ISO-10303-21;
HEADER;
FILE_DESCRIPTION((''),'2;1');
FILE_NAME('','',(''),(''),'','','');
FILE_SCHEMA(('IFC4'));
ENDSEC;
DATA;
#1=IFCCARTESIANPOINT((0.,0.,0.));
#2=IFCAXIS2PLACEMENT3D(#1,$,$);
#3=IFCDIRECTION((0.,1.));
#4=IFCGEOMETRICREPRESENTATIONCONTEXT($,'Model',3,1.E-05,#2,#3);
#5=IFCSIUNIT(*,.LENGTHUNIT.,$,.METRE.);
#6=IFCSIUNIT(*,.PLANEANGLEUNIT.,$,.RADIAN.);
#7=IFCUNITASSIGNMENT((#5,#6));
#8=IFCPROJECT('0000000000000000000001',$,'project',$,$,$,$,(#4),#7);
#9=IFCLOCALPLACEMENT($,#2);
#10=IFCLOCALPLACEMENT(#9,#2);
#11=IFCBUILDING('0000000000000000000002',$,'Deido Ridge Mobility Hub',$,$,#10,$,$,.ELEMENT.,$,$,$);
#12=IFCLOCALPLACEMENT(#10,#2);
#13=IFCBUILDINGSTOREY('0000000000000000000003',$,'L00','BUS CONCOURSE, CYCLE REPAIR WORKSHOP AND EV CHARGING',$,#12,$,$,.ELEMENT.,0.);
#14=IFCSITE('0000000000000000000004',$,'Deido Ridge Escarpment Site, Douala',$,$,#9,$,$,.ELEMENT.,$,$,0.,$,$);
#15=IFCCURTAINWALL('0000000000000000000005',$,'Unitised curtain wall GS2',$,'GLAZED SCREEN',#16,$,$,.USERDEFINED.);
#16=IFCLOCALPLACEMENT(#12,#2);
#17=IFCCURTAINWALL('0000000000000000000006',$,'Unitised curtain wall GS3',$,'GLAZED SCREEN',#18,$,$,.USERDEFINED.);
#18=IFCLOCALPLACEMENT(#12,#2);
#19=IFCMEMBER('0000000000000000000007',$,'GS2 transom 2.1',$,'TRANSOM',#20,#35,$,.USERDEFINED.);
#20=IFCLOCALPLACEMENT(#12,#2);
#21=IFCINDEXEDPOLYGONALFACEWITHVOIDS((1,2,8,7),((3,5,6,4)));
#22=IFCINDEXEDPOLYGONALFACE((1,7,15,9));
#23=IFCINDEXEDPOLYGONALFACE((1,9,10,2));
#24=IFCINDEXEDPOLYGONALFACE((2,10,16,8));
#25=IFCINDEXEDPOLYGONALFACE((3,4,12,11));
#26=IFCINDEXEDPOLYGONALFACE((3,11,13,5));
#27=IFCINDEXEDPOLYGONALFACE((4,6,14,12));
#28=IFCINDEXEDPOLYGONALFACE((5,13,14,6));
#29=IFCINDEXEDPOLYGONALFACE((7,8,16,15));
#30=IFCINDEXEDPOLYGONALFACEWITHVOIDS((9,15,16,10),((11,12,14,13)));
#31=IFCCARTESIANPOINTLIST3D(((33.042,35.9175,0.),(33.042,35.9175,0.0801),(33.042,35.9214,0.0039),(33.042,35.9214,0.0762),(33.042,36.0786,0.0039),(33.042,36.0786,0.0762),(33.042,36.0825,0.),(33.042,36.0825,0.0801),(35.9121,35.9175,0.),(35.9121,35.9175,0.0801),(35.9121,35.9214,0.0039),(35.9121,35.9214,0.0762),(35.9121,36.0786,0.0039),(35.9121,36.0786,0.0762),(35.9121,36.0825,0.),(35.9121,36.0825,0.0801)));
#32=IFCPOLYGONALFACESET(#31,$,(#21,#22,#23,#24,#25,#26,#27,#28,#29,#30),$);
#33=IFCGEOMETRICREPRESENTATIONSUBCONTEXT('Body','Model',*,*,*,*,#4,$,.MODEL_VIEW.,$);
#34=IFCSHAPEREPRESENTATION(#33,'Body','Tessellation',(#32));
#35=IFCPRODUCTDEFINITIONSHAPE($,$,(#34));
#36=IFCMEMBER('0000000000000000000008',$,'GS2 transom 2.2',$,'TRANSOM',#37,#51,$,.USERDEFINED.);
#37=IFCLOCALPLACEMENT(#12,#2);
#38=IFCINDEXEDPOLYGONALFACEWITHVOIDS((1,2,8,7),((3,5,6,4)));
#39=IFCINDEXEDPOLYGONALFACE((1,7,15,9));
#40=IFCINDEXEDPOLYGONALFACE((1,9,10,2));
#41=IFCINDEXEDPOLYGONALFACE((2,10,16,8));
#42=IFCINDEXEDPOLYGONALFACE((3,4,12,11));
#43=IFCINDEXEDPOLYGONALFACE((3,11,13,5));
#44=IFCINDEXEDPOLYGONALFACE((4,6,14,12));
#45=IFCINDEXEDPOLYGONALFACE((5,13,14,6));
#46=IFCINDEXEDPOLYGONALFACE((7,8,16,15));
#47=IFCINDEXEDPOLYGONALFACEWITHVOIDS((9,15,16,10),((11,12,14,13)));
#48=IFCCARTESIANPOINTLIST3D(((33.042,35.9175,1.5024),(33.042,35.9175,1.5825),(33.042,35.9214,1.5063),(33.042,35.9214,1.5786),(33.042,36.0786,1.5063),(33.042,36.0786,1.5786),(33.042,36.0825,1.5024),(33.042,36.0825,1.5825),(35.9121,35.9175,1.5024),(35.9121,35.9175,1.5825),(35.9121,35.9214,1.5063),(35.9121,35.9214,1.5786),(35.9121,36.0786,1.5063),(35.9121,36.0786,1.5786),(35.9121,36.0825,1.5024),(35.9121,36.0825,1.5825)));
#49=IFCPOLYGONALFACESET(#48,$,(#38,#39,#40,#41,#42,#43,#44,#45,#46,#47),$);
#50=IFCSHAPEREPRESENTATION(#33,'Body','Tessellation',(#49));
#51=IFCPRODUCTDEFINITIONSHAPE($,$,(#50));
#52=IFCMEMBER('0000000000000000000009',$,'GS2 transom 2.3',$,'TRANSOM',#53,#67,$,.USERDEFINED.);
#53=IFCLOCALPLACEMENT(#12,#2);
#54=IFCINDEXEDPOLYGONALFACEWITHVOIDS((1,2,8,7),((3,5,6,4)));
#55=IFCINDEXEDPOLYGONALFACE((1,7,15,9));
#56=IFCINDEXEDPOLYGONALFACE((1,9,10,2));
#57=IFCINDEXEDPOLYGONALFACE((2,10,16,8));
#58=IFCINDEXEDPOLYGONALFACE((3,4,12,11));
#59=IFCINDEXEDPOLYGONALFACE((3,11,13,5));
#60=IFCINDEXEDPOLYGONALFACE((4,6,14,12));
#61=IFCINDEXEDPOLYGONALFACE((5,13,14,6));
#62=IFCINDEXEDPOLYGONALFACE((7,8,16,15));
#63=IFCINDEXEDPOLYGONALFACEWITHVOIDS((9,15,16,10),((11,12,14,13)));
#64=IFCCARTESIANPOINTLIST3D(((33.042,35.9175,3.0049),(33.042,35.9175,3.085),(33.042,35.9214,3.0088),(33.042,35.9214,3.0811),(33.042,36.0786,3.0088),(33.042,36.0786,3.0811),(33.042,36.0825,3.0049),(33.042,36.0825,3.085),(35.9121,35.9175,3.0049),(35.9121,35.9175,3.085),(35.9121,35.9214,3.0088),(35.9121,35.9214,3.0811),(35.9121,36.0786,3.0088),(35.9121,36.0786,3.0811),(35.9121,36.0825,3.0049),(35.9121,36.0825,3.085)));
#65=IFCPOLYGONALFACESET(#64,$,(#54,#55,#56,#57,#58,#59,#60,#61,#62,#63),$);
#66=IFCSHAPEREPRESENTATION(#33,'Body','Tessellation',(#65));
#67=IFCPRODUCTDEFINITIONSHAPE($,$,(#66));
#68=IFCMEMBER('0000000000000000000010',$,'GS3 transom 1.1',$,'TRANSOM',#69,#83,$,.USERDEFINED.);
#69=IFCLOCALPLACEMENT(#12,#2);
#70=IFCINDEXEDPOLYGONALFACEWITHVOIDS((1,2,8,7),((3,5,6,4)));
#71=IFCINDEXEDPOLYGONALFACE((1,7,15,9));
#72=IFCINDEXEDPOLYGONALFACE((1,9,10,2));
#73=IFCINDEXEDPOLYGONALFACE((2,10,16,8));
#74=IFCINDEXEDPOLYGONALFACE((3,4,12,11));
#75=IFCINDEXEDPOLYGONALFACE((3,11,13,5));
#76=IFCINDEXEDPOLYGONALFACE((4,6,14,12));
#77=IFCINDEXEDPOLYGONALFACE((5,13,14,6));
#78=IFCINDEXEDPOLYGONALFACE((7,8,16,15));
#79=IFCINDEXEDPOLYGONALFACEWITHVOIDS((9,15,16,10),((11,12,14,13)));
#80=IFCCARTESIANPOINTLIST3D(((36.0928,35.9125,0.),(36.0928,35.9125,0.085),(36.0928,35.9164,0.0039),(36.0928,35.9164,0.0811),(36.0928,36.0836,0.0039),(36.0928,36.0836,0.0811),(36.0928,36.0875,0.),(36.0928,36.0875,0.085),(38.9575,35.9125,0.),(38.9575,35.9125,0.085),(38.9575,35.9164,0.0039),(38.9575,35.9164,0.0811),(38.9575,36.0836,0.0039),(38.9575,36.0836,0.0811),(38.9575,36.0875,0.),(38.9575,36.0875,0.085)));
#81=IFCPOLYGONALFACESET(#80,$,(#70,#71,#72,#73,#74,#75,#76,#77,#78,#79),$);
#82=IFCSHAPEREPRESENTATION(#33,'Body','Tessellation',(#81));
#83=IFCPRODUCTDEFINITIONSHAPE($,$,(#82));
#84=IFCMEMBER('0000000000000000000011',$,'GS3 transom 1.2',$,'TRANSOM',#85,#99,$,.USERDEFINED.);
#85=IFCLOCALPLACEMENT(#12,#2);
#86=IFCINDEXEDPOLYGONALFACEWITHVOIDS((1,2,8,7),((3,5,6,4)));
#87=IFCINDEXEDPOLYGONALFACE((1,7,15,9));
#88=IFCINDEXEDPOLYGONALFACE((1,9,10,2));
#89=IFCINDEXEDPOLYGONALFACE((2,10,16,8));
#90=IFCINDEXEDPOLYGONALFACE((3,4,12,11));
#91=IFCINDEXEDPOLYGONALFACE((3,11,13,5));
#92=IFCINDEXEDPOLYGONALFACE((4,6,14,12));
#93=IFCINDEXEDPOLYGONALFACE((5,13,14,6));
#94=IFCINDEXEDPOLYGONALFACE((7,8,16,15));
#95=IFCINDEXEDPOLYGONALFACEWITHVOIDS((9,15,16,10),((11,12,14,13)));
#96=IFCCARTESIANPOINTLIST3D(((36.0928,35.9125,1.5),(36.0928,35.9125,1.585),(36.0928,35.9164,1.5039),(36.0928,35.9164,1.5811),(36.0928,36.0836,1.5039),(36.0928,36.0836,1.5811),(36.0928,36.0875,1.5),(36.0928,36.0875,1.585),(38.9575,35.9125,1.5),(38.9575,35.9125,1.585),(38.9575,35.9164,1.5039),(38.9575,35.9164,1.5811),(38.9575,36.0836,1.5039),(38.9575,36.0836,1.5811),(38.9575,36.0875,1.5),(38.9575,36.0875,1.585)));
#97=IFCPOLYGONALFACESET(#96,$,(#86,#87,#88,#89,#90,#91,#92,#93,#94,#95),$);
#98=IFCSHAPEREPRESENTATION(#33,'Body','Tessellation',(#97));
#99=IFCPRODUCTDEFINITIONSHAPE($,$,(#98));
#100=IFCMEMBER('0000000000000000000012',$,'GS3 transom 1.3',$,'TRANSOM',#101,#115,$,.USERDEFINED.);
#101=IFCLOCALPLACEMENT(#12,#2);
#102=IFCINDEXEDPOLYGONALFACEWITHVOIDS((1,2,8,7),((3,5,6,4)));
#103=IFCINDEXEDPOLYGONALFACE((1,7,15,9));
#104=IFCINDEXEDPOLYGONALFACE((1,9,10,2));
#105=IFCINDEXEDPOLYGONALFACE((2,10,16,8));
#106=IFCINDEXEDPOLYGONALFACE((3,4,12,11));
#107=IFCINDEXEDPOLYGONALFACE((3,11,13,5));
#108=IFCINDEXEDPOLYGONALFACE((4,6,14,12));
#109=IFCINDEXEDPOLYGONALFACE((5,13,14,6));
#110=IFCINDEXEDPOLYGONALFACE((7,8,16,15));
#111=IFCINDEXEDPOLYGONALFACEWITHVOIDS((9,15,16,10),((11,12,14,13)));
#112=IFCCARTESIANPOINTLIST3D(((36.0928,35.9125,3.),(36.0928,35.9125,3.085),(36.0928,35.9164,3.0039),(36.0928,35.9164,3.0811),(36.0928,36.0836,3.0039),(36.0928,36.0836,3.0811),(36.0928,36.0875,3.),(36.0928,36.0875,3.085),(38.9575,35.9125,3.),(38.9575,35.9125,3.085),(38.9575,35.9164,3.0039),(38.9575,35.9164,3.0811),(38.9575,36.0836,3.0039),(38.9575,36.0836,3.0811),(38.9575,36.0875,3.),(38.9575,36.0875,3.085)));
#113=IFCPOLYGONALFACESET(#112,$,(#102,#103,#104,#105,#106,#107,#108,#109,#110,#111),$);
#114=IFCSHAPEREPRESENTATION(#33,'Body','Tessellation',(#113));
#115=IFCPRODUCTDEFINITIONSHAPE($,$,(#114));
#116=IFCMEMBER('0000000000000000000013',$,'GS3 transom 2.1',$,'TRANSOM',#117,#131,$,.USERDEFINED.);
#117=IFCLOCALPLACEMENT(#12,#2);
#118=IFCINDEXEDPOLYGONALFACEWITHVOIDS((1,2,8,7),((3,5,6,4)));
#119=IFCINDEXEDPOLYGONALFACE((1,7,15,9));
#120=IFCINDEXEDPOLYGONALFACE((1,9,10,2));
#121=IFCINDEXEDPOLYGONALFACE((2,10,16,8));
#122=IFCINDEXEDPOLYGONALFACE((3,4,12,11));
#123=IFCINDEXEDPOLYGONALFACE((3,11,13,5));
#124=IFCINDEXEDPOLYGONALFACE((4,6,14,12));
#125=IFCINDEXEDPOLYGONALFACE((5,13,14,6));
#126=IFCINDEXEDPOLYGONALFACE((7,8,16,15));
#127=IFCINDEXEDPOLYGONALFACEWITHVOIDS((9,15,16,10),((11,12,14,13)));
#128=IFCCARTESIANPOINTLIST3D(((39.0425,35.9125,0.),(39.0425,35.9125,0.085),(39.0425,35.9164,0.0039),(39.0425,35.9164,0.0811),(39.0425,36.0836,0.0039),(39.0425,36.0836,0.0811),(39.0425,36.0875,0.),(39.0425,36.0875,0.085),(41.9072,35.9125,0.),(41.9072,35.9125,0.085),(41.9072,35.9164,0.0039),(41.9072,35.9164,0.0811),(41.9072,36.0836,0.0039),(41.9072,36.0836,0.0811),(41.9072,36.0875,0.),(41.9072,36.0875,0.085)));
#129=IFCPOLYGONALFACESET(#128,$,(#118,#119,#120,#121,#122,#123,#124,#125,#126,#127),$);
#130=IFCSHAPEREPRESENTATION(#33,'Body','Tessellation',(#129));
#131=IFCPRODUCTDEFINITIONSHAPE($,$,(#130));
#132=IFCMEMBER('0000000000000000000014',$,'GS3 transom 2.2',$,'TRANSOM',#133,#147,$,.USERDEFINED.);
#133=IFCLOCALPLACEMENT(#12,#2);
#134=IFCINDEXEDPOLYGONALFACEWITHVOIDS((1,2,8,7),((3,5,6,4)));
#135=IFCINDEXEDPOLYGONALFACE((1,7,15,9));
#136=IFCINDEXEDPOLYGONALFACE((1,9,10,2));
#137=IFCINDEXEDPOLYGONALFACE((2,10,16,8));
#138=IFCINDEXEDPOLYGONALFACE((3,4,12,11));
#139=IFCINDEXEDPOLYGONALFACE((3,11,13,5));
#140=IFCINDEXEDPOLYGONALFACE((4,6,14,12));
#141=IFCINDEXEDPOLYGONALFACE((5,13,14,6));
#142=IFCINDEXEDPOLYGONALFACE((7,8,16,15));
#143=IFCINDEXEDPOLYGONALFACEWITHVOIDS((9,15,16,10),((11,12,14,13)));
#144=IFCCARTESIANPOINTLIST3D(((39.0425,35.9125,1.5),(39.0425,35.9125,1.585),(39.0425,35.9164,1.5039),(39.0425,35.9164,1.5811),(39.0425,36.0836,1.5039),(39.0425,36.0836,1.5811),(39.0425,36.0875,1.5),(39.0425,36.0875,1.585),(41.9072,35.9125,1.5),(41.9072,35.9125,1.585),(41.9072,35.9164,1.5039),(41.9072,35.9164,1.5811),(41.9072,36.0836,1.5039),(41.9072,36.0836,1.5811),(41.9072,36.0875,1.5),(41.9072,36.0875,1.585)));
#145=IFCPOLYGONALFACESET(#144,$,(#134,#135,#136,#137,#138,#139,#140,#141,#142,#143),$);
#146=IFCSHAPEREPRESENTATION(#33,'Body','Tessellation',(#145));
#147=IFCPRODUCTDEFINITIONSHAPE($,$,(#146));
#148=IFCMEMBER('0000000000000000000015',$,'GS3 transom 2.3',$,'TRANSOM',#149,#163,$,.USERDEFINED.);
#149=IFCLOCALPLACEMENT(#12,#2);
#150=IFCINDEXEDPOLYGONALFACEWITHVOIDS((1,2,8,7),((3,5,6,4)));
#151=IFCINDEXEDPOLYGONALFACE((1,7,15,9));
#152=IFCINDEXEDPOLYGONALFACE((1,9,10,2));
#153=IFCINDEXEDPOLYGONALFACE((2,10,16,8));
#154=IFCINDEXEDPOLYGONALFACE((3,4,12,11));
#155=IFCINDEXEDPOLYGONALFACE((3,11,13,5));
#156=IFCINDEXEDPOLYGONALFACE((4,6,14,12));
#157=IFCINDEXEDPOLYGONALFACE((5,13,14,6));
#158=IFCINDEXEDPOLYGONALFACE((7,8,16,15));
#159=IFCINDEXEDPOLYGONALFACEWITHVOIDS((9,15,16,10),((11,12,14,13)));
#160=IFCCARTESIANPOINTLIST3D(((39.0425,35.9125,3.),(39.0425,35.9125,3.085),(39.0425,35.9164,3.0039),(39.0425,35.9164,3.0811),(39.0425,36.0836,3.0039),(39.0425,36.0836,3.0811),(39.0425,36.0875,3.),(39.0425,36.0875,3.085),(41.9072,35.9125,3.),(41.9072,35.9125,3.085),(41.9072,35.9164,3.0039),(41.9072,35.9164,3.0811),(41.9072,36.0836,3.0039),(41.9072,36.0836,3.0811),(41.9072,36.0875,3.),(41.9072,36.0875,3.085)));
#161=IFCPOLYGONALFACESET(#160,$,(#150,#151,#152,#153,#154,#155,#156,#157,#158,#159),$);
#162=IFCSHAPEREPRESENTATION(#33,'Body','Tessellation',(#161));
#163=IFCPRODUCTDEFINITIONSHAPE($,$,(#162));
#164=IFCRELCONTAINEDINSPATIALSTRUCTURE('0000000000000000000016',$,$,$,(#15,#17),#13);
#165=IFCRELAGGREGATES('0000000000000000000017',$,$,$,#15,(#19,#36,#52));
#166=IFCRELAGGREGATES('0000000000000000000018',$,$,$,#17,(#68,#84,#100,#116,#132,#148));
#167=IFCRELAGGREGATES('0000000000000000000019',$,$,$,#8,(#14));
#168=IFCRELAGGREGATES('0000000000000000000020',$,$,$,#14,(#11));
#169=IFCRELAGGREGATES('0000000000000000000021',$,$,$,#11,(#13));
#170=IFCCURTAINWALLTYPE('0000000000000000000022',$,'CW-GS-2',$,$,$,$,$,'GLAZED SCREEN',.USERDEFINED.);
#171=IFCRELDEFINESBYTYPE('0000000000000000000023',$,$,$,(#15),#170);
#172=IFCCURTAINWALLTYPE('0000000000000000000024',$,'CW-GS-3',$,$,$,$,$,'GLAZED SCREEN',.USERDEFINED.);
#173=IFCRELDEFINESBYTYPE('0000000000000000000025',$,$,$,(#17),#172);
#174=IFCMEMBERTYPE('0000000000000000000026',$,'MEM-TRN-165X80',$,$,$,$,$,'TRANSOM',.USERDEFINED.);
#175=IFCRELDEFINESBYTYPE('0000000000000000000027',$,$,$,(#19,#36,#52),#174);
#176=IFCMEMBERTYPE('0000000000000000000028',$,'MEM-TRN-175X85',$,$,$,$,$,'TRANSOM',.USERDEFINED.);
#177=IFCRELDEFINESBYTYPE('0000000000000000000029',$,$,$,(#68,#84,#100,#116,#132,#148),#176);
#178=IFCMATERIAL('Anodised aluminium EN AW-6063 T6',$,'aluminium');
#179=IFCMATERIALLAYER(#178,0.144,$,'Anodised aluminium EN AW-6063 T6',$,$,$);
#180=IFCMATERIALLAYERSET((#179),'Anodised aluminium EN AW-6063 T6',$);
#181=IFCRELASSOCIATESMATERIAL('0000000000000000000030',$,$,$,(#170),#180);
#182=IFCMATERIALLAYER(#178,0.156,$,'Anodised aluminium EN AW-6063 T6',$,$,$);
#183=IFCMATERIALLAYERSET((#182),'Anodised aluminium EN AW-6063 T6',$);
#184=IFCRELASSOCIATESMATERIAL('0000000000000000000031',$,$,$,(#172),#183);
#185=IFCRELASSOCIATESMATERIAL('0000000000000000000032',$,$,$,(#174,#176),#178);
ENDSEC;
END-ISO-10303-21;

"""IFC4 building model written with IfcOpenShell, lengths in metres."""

from ifc_helpers import new_model, si_unit, direction, frame, origin, origin_2d, place, context, subcontext, project, spatial, hollow_rectangle, extrude, material, layer, layer_set, material_profile, profile_set, type_object, element, aggregate, save


model = new_model("IFC4")

# Units and contexts
model_context = context("Model", 3, precision=1e-05, world=origin(), true_north=direction((0.0, 1.0)))
body_context = subcontext(model_context, "Body", "Model", "MODEL_VIEW")
ifc_project = project(units=[si_unit("LENGTHUNIT", "METRE"), si_unit("PLANEANGLEUNIT", "RADIAN")], contexts=[model_context])

# Site, building, storey
site_placement = place(None, origin())
site = spatial("IfcSite", under=ifc_project, at=site_placement, Name="Deido Ridge Escarpment Site, Douala", CompositionType="ELEMENT", RefElevation=0.0)
building_placement = place(site_placement, origin())
building = spatial("IfcBuilding", under=site, at=building_placement, Name="Deido Ridge Mobility Hub", CompositionType="ELEMENT")
storey_placement = place(building_placement, origin())
storey = spatial("IfcBuildingStorey", under=building, at=storey_placement, Name="L00", Description="BUS CONCOURSE, CYCLE REPAIR WORKSHOP AND EV CHARGING", CompositionType="ELEMENT", Elevation=0.0)

# Curtain walls
ifc_material_1 = material(Name="Anodised aluminium EN AW-6063 T6", Category="aluminium")
ifc_layer_1 = layer(ifc_material_1, 0.144, Name="Anodised aluminium EN AW-6063 T6")
ifc_layer_set_1 = layer_set([ifc_layer_1], Name="Anodised aluminium EN AW-6063 T6")
curtain_wall_type_1 = type_object("IfcCurtainWallType", Name="CW-GS-2", ElementType="GLAZED SCREEN", PredefinedType="USERDEFINED", material=ifc_layer_set_1)
curtain_wall_1_placement = place(storey_placement, origin())
curtain_wall_1 = element("IfcCurtainWall", 1, at=curtain_wall_1_placement, inside=storey, type_object=curtain_wall_type_1, Name="Unitised curtain wall GS2", ObjectType="GLAZED SCREEN", PredefinedType="USERDEFINED")
ifc_layer_2 = layer(ifc_material_1, 0.156, Name="Anodised aluminium EN AW-6063 T6")
ifc_layer_set_2 = layer_set([ifc_layer_2], Name="Anodised aluminium EN AW-6063 T6")
curtain_wall_type_2 = type_object("IfcCurtainWallType", Name="CW-GS-3", ElementType="GLAZED SCREEN", PredefinedType="USERDEFINED", material=ifc_layer_set_2)
curtain_wall_2_placement = place(storey_placement, origin())
curtain_wall_2 = element("IfcCurtainWall", 2, at=curtain_wall_2_placement, inside=storey, type_object=curtain_wall_type_2, Name="Unitised curtain wall GS3", ObjectType="GLAZED SCREEN", PredefinedType="USERDEFINED")

# Members
ifc_material_profile_1 = material_profile(ifc_material_1, hollow_rectangle(XDim=0.165, YDim=0.0801, WallThickness=0.0039, at=origin_2d()), Name="RHS 165x80x4")
ifc_profile_set_1 = profile_set([ifc_material_profile_1], Name="Anodised aluminium EN AW-6063 T6")
member_type_1 = type_object("IfcMemberType", Name="MEM-TRN-165X80", ElementType="TRANSOM", PredefinedType="USERDEFINED", material=ifc_profile_set_1)
member_1_placement = place(storey_placement, frame((33.042, 36.0, 0.04), z_axis=(1.0, 0.0, 0.0), x_axis=(0.0, 1.0, 0.0)))
member_1 = element("IfcMember", 3, at=member_1_placement, type_object=member_type_1, Name="GS2 transom 2.1", ObjectType="TRANSOM", PredefinedType="USERDEFINED", context=body_context, shape_type="SweptSolid", body=[
    extrude(hollow_rectangle(XDim=0.165, YDim=0.0801, WallThickness=0.0039, at=origin_2d()), origin(), (0.0, 0.0, 1.0), 2.8701),
])
member_2_placement = place(storey_placement, frame((33.042, 36.0, 1.5425), z_axis=(1.0, 0.0, 0.0), x_axis=(0.0, 1.0, 0.0)))
member_2 = element("IfcMember", 4, at=member_2_placement, type_object=member_type_1, Name="GS2 transom 2.2", ObjectType="TRANSOM", PredefinedType="USERDEFINED", context=body_context, shape_type="SweptSolid", body=[
    extrude(hollow_rectangle(XDim=0.165, YDim=0.0801, WallThickness=0.0039, at=origin_2d()), origin(), (0.0, 0.0, 1.0), 2.8701),
])
member_3_placement = place(storey_placement, frame((33.042, 36.0, 3.0449), z_axis=(1.0, 0.0, 0.0), x_axis=(0.0, 1.0, 0.0)))
member_3 = element("IfcMember", 5, at=member_3_placement, type_object=member_type_1, Name="GS2 transom 2.3", ObjectType="TRANSOM", PredefinedType="USERDEFINED", context=body_context, shape_type="SweptSolid", body=[
    extrude(hollow_rectangle(XDim=0.165, YDim=0.0801, WallThickness=0.0039, at=origin_2d()), origin(), (0.0, 0.0, 1.0), 2.8701),
])
ifc_material_profile_2 = material_profile(ifc_material_1, hollow_rectangle(XDim=0.175, YDim=0.085, WallThickness=0.0039, at=origin_2d()), Name="RHS 175x85x4")
ifc_profile_set_2 = profile_set([ifc_material_profile_2], Name="Anodised aluminium EN AW-6063 T6")
member_type_2 = type_object("IfcMemberType", Name="MEM-TRN-175X85", ElementType="TRANSOM", PredefinedType="USERDEFINED", material=ifc_profile_set_2)
member_4_placement = place(storey_placement, frame((36.0928, 36.0, 0.0425), z_axis=(1.0, 0.0, 0.0), x_axis=(0.0, 1.0, 0.0)))
member_4 = element("IfcMember", 6, at=member_4_placement, type_object=member_type_2, Name="GS3 transom 1.1", ObjectType="TRANSOM", PredefinedType="USERDEFINED", context=body_context, shape_type="SweptSolid", body=[
    extrude(hollow_rectangle(XDim=0.175, YDim=0.085, WallThickness=0.0039, at=origin_2d()), origin(), (0.0, 0.0, 1.0), 2.8647),
])
member_5_placement = place(storey_placement, frame((36.0928, 36.0, 1.5425), z_axis=(1.0, 0.0, 0.0), x_axis=(0.0, 1.0, 0.0)))
member_5 = element("IfcMember", 7, at=member_5_placement, type_object=member_type_2, Name="GS3 transom 1.2", ObjectType="TRANSOM", PredefinedType="USERDEFINED", context=body_context, shape_type="SweptSolid", body=[
    extrude(hollow_rectangle(XDim=0.175, YDim=0.085, WallThickness=0.0039, at=origin_2d()), origin(), (0.0, 0.0, 1.0), 2.8647),
])
member_6_placement = place(storey_placement, frame((36.0928, 36.0, 3.0425), z_axis=(1.0, 0.0, 0.0), x_axis=(0.0, 1.0, 0.0)))
member_6 = element("IfcMember", 8, at=member_6_placement, type_object=member_type_2, Name="GS3 transom 1.3", ObjectType="TRANSOM", PredefinedType="USERDEFINED", context=body_context, shape_type="SweptSolid", body=[
    extrude(hollow_rectangle(XDim=0.175, YDim=0.085, WallThickness=0.0039, at=origin_2d()), origin(), (0.0, 0.0, 1.0), 2.8647),
])
member_7_placement = place(storey_placement, frame((39.0425, 36.0, 0.0425), z_axis=(1.0, 0.0, 0.0), x_axis=(0.0, 1.0, 0.0)))
member_7 = element("IfcMember", 9, at=member_7_placement, type_object=member_type_2, Name="GS3 transom 2.1", ObjectType="TRANSOM", PredefinedType="USERDEFINED", context=body_context, shape_type="SweptSolid", body=[
    extrude(hollow_rectangle(XDim=0.175, YDim=0.085, WallThickness=0.0039, at=origin_2d()), origin(), (0.0, 0.0, 1.0), 2.8647),
])
member_8_placement = place(storey_placement, frame((39.0425, 36.0, 1.5425), z_axis=(1.0, 0.0, 0.0), x_axis=(0.0, 1.0, 0.0)))
member_8 = element("IfcMember", 10, at=member_8_placement, type_object=member_type_2, Name="GS3 transom 2.2", ObjectType="TRANSOM", PredefinedType="USERDEFINED", context=body_context, shape_type="SweptSolid", body=[
    extrude(hollow_rectangle(XDim=0.175, YDim=0.085, WallThickness=0.0039, at=origin_2d()), origin(), (0.0, 0.0, 1.0), 2.8647),
])
member_9_placement = place(storey_placement, frame((39.0425, 36.0, 3.0425), z_axis=(1.0, 0.0, 0.0), x_axis=(0.0, 1.0, 0.0)))
member_9 = element("IfcMember", 11, at=member_9_placement, type_object=member_type_2, Name="GS3 transom 2.3", ObjectType="TRANSOM", PredefinedType="USERDEFINED", context=body_context, shape_type="SweptSolid", body=[
    extrude(hollow_rectangle(XDim=0.175, YDim=0.085, WallThickness=0.0039, at=origin_2d()), origin(), (0.0, 0.0, 1.0), 2.8647),
])

aggregate(curtain_wall_1, [member_1, member_2, member_3])
aggregate(curtain_wall_2, [member_4, member_5, member_6, member_7, member_8, member_9])

save(model, "model.ifc")
